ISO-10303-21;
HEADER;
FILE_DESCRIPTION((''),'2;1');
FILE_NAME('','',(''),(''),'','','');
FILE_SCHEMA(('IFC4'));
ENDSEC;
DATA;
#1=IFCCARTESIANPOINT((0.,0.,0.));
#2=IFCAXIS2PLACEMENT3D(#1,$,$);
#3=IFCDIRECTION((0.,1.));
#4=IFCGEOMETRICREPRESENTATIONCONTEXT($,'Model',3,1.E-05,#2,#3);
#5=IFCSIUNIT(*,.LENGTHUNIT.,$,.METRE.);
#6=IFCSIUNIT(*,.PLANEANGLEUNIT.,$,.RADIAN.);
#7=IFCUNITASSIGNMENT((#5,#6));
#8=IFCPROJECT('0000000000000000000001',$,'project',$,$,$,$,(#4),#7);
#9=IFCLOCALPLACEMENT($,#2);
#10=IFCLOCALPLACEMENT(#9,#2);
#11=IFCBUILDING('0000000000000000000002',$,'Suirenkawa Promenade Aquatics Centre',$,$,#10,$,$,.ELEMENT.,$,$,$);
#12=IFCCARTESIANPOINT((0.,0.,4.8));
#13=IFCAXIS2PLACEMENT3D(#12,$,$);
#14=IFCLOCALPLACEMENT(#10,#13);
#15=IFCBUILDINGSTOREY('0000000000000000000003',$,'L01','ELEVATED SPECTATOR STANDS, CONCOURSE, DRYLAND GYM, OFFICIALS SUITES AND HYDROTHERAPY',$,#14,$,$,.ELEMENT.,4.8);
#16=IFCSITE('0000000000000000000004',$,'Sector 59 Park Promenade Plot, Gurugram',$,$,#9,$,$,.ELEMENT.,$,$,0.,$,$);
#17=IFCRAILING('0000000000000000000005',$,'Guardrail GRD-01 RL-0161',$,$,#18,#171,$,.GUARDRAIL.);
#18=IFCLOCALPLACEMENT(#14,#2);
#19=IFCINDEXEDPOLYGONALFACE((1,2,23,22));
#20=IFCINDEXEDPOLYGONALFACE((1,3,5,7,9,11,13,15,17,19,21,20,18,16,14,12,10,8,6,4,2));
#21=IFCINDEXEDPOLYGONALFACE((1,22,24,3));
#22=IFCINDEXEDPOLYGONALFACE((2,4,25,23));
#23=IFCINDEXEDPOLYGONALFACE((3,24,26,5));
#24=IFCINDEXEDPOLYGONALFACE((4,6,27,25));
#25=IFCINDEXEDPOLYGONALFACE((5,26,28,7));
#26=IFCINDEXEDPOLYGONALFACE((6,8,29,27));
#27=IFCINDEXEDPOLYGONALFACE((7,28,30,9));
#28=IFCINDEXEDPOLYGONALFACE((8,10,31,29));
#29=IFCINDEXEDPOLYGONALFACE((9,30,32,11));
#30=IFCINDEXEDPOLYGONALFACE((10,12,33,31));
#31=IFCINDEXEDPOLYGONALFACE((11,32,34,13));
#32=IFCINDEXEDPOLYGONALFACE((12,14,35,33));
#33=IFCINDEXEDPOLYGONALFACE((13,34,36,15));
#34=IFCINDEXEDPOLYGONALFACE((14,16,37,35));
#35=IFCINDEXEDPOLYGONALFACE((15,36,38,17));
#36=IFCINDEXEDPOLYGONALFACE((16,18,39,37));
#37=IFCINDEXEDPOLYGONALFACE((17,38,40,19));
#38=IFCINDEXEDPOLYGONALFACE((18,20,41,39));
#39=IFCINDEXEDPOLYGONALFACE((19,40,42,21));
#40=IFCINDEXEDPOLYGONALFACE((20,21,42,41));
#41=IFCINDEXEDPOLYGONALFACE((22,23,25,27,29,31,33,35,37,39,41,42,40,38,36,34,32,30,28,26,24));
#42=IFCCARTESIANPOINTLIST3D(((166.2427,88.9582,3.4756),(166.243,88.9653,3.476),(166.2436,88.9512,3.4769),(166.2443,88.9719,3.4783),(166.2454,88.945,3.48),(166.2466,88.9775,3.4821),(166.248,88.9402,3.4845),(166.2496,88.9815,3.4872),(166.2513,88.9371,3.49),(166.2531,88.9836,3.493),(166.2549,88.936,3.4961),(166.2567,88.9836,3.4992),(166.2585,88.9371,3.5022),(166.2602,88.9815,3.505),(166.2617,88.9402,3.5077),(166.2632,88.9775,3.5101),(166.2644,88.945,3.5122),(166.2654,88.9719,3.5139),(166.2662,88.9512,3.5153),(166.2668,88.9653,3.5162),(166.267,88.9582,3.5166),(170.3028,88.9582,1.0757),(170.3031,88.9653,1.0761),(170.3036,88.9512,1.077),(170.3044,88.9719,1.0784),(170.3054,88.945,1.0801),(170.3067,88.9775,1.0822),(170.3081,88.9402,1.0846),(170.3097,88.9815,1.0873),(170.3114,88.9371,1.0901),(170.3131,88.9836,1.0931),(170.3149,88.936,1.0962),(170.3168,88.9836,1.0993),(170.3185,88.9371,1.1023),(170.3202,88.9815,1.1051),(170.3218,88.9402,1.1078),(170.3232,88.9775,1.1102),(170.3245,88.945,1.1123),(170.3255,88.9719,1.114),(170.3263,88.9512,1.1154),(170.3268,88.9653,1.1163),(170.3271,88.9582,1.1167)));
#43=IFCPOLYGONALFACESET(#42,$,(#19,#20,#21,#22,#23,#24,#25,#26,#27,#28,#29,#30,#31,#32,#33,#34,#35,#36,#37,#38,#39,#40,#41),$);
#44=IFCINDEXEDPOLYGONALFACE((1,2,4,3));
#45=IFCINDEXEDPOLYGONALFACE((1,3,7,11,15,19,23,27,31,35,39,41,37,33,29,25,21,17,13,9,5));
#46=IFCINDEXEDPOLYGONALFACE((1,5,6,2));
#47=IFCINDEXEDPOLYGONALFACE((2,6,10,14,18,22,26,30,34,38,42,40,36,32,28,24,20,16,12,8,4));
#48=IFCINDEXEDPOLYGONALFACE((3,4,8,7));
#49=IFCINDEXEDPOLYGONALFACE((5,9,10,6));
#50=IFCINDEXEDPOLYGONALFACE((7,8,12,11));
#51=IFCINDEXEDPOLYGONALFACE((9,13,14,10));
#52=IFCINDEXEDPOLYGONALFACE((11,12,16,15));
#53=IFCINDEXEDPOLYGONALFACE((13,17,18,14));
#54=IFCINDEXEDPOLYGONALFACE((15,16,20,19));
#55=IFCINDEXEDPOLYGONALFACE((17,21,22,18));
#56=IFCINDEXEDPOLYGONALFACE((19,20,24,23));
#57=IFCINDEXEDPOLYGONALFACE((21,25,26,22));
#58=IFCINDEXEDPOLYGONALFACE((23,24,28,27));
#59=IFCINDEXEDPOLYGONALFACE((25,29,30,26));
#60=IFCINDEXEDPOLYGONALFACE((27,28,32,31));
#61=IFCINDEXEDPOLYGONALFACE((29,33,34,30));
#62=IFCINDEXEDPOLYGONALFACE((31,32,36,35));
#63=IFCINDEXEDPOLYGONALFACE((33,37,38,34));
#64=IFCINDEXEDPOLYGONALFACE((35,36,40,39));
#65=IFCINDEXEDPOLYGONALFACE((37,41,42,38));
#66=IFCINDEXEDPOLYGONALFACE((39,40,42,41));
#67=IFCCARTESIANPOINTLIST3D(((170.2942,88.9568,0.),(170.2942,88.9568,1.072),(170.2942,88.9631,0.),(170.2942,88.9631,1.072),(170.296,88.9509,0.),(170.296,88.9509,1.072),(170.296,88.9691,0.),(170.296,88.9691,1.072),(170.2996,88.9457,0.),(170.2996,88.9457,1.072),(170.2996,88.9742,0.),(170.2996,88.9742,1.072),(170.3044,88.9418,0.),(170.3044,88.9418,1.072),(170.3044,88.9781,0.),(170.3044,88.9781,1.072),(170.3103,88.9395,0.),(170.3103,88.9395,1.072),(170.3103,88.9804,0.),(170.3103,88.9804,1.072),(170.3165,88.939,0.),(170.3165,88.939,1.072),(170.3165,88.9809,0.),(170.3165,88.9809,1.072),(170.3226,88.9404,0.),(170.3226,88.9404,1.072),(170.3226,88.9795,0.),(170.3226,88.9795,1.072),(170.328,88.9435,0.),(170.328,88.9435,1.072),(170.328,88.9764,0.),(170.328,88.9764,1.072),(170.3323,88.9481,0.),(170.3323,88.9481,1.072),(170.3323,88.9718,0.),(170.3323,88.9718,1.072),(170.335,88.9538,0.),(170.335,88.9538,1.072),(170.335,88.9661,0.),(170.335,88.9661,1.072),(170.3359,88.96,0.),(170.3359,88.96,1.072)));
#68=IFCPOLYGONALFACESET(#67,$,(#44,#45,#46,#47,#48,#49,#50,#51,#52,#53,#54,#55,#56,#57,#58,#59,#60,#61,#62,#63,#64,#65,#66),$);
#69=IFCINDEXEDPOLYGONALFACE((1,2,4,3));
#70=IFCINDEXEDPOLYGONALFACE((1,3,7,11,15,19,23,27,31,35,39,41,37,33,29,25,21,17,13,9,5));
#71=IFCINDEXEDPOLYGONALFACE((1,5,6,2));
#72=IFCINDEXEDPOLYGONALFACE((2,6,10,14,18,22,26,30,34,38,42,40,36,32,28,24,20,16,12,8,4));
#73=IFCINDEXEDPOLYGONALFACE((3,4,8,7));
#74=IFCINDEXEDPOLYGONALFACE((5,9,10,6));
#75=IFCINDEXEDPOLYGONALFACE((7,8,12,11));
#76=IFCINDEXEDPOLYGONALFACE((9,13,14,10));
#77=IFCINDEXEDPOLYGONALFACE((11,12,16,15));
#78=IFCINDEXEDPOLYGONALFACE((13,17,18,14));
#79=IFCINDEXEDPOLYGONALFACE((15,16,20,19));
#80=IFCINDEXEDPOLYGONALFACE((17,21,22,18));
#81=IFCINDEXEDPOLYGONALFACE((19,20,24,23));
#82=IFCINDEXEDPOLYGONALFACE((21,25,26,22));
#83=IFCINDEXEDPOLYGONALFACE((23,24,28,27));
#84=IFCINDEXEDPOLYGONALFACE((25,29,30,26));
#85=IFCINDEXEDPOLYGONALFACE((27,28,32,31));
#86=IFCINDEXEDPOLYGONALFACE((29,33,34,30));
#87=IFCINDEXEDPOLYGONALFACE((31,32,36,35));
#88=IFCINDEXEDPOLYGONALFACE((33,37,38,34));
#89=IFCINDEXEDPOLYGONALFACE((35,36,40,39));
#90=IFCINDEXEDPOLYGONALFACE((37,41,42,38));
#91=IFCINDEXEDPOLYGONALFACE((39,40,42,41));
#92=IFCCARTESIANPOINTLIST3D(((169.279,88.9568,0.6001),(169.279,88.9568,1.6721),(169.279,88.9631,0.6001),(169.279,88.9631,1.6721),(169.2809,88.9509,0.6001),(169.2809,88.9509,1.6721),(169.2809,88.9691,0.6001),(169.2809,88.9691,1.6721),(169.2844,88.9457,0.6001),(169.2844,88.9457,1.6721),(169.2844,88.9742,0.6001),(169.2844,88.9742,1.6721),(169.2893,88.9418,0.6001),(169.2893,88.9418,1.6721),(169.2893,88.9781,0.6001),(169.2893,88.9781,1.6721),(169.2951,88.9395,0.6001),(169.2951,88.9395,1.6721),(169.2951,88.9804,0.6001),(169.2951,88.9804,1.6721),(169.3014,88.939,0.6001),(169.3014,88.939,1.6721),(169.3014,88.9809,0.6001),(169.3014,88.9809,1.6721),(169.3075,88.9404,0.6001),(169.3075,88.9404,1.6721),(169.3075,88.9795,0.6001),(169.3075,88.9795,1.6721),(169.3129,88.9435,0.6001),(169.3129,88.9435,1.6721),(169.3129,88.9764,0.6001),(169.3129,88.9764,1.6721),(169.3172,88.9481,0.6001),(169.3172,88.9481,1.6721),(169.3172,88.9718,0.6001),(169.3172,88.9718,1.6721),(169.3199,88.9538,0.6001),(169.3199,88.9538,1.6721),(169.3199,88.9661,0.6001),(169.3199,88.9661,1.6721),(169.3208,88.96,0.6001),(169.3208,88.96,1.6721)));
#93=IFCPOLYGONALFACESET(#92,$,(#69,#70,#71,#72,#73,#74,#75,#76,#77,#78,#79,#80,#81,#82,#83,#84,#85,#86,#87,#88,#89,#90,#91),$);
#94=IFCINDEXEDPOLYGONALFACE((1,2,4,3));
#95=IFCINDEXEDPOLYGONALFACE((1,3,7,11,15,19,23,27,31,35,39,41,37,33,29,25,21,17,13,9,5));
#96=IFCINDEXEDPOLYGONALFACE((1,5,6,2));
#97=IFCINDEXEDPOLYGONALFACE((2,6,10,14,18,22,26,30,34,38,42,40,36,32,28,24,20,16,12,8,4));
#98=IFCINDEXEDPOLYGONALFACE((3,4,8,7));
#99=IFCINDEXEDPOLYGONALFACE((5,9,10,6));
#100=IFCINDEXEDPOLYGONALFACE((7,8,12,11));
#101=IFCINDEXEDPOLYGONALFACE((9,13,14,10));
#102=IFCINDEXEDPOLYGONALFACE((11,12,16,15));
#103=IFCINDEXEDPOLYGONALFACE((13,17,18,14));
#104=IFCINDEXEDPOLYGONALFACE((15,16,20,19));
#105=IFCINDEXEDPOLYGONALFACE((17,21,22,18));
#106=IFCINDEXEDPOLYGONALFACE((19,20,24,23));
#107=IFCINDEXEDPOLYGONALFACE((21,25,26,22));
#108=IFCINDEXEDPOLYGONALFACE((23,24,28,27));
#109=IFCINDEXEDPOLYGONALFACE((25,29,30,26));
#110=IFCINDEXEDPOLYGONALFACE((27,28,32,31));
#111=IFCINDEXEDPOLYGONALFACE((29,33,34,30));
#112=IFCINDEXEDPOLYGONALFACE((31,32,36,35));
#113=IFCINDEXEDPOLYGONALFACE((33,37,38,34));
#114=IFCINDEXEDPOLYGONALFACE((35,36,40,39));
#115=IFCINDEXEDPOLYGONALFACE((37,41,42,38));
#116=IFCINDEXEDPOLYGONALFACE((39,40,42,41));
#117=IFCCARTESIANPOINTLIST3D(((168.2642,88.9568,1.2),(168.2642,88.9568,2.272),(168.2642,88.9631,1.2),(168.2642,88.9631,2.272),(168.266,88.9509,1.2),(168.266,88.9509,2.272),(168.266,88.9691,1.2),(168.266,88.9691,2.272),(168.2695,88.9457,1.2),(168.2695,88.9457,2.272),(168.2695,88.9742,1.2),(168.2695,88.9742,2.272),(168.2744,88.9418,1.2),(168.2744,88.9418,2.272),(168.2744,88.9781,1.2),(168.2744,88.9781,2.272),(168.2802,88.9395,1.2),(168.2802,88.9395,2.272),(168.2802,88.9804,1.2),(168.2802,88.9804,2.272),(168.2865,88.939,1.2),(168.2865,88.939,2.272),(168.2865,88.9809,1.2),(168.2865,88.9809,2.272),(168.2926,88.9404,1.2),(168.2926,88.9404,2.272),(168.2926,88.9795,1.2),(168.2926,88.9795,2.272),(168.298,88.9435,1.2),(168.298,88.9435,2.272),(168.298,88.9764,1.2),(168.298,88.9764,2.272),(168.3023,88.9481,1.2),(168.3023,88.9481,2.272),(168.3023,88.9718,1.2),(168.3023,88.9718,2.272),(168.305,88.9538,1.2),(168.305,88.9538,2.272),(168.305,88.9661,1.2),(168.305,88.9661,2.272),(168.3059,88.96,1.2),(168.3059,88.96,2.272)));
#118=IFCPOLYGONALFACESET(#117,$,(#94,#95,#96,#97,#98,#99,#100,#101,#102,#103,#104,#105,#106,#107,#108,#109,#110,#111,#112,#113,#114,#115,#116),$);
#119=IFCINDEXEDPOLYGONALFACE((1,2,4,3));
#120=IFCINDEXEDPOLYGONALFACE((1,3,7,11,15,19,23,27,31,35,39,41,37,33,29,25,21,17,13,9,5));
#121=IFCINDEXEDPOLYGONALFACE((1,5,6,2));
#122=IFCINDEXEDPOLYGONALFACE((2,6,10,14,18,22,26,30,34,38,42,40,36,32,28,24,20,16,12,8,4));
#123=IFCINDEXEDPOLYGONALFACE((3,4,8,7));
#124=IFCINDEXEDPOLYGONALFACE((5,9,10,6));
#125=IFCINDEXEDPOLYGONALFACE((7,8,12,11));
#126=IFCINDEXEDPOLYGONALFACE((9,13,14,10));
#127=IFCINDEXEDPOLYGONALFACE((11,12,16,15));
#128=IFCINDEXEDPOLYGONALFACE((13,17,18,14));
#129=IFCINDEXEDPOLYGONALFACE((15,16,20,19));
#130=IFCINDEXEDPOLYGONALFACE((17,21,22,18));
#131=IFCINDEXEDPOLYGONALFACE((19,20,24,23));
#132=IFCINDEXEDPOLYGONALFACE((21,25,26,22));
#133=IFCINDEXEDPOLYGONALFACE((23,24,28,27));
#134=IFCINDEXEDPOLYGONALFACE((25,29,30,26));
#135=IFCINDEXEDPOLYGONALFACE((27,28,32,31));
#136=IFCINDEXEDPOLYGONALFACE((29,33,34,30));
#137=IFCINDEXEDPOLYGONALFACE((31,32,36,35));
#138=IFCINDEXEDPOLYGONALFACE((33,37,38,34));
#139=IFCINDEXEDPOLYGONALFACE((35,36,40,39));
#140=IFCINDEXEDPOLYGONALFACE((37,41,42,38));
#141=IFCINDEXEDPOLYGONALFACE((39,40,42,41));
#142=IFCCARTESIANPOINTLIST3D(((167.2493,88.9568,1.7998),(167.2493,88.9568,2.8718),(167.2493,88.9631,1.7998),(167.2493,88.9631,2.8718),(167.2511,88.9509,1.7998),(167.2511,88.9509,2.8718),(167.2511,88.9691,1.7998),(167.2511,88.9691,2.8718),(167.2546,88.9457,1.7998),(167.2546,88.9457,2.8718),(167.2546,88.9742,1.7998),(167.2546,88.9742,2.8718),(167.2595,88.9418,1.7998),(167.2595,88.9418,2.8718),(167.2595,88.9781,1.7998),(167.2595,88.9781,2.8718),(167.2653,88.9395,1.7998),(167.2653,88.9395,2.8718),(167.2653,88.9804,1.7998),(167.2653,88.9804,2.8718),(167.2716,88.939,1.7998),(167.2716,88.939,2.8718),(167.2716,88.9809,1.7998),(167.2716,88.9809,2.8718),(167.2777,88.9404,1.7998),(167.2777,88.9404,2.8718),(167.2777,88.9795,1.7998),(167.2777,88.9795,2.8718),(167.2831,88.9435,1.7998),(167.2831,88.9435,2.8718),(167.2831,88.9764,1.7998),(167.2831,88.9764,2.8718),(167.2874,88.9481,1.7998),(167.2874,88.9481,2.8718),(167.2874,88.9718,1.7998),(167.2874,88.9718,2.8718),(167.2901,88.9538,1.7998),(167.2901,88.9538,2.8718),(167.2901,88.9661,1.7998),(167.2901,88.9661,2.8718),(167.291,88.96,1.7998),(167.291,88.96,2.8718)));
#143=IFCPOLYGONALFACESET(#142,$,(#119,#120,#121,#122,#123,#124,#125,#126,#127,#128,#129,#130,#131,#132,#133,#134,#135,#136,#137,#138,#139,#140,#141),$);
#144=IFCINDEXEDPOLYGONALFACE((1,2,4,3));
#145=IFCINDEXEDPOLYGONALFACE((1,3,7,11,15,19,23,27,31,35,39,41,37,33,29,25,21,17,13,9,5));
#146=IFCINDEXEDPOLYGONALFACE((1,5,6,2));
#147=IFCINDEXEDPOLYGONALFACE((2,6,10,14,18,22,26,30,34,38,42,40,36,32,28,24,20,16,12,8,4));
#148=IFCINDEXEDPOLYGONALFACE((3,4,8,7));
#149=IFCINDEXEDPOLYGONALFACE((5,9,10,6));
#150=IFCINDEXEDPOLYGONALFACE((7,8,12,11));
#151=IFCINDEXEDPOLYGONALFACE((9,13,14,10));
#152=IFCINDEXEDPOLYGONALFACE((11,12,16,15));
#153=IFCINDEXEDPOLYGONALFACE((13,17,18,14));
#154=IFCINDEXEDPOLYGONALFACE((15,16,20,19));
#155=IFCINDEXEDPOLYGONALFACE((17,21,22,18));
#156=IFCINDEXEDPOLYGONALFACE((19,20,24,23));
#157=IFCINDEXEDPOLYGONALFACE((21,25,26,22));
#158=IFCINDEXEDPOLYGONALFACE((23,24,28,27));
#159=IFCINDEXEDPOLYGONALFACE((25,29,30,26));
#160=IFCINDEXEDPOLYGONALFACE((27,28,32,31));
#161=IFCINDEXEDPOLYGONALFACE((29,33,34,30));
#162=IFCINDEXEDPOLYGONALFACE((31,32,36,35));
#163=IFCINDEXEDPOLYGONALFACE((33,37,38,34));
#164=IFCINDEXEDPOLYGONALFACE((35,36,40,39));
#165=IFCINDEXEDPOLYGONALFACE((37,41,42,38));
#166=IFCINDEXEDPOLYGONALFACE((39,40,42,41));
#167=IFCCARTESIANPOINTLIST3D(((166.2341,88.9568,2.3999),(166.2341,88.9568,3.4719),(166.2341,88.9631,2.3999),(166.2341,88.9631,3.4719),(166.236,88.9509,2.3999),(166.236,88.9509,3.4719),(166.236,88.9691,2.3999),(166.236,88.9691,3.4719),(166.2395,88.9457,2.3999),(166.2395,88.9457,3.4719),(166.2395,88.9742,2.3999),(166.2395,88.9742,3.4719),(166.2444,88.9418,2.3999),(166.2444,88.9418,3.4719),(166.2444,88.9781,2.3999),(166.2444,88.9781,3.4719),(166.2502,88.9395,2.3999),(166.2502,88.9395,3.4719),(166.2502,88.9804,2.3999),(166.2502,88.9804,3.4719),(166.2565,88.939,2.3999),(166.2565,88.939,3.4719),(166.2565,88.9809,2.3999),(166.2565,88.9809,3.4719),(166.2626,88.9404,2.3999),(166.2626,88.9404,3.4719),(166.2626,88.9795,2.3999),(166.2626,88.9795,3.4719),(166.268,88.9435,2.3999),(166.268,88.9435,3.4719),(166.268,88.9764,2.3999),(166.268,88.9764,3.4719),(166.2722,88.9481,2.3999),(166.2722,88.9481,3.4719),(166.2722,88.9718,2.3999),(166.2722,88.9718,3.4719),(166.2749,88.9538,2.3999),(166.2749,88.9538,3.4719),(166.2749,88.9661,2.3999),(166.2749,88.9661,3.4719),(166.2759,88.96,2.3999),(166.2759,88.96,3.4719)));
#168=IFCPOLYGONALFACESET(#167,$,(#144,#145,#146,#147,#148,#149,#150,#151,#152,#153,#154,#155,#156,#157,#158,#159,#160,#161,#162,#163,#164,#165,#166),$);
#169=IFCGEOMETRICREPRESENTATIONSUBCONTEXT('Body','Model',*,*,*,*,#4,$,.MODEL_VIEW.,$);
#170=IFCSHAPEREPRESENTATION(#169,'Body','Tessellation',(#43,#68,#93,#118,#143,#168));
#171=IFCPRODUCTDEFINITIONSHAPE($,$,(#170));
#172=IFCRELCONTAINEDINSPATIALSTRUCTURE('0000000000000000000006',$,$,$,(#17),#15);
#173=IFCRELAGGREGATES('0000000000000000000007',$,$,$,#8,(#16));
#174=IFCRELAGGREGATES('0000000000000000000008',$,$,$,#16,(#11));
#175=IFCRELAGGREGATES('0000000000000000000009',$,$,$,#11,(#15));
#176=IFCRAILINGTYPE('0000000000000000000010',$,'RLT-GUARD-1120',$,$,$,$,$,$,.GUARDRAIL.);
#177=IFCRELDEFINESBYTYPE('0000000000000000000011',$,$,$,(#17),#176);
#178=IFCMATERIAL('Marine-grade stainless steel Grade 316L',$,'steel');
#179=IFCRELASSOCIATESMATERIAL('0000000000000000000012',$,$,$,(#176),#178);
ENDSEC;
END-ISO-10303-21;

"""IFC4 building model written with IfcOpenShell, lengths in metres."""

from ifc_helpers import new_model, si_unit, direction, frame, origin, origin_2d, place, context, subcontext, project, spatial, circle, extrude, material, type_object, element, save


model = new_model("IFC4")

# Units and contexts
model_context = context("Model", 3, precision=1e-05, world=origin(), true_north=direction((0.0, 1.0)))
body_context = subcontext(model_context, "Body", "Model", "MODEL_VIEW")
ifc_project = project(units=[si_unit("LENGTHUNIT", "METRE"), si_unit("PLANEANGLEUNIT", "RADIAN")], contexts=[model_context])

# Site, building, storey
site_placement = place(None, origin())
site = spatial("IfcSite", under=ifc_project, at=site_placement, Name="Sector 59 Park Promenade Plot, Gurugram", CompositionType="ELEMENT", RefElevation=0.0)
building_placement = place(site_placement, origin())
building = spatial("IfcBuilding", under=site, at=building_placement, Name="Suirenkawa Promenade Aquatics Centre", CompositionType="ELEMENT")
storey_placement = place(building_placement, frame((0.0, 0.0, 4.8)))
storey = spatial("IfcBuildingStorey", under=building, at=storey_placement, Name="L01", Description="ELEVATED SPECTATOR STANDS, CONCOURSE, DRYLAND GYM, OFFICIALS SUITES AND HYDROTHERAPY", CompositionType="ELEMENT", Elevation=4.8)

# Shared definitions
ifc_material_1 = material(Name="Marine-grade stainless steel Grade 316L", Category="steel")

# Railing
railing_type_1 = type_object("IfcRailingType", Name="RLT-GUARD-1120", PredefinedType="GUARDRAIL", material=ifc_material_1)
for number, where, name in (
    (1, (170.3149, 88.96, 0.0), "Guardrail GRD-01 RL-0161"),
):
    element("IfcRailing", number, at=place(storey_placement, frame(where)), inside=storey, type_object=railing_type_1, Name=name, PredefinedType="GUARDRAIL", context=body_context, shape_type="SweptSolid", body=[
        extrude(circle(Radius=0.0239, at=origin_2d()), frame((0.0, 0.0, 1.0962), z_axis=(-0.860854, 0.0, 0.508851), x_axis=(0.0, -1.0, 0.0)), (0.0, 0.0, 1.0), 4.7163),
        extrude(circle(Radius=0.021, at=origin_2d()), origin(), (0.0, 0.0, 1.0), 1.072),
        extrude(circle(Radius=0.021, at=origin_2d()), frame((-1.0151, 0.0, 0.6001)), (0.0, 0.0, 1.0), 1.072),
        extrude(circle(Radius=0.021, at=origin_2d()), frame((-2.03, 0.0, 1.2)), (0.0, 0.0, 1.0), 1.072),
        extrude(circle(Radius=0.021, at=origin_2d()), frame((-3.0449, 0.0, 1.7998)), (0.0, 0.0, 1.0), 1.072),
        extrude(circle(Radius=0.021, at=origin_2d()), frame((-4.0601, 0.0, 2.3999)), (0.0, 0.0, 1.0), 1.072),
    ])

save(model, "model.ifc")
